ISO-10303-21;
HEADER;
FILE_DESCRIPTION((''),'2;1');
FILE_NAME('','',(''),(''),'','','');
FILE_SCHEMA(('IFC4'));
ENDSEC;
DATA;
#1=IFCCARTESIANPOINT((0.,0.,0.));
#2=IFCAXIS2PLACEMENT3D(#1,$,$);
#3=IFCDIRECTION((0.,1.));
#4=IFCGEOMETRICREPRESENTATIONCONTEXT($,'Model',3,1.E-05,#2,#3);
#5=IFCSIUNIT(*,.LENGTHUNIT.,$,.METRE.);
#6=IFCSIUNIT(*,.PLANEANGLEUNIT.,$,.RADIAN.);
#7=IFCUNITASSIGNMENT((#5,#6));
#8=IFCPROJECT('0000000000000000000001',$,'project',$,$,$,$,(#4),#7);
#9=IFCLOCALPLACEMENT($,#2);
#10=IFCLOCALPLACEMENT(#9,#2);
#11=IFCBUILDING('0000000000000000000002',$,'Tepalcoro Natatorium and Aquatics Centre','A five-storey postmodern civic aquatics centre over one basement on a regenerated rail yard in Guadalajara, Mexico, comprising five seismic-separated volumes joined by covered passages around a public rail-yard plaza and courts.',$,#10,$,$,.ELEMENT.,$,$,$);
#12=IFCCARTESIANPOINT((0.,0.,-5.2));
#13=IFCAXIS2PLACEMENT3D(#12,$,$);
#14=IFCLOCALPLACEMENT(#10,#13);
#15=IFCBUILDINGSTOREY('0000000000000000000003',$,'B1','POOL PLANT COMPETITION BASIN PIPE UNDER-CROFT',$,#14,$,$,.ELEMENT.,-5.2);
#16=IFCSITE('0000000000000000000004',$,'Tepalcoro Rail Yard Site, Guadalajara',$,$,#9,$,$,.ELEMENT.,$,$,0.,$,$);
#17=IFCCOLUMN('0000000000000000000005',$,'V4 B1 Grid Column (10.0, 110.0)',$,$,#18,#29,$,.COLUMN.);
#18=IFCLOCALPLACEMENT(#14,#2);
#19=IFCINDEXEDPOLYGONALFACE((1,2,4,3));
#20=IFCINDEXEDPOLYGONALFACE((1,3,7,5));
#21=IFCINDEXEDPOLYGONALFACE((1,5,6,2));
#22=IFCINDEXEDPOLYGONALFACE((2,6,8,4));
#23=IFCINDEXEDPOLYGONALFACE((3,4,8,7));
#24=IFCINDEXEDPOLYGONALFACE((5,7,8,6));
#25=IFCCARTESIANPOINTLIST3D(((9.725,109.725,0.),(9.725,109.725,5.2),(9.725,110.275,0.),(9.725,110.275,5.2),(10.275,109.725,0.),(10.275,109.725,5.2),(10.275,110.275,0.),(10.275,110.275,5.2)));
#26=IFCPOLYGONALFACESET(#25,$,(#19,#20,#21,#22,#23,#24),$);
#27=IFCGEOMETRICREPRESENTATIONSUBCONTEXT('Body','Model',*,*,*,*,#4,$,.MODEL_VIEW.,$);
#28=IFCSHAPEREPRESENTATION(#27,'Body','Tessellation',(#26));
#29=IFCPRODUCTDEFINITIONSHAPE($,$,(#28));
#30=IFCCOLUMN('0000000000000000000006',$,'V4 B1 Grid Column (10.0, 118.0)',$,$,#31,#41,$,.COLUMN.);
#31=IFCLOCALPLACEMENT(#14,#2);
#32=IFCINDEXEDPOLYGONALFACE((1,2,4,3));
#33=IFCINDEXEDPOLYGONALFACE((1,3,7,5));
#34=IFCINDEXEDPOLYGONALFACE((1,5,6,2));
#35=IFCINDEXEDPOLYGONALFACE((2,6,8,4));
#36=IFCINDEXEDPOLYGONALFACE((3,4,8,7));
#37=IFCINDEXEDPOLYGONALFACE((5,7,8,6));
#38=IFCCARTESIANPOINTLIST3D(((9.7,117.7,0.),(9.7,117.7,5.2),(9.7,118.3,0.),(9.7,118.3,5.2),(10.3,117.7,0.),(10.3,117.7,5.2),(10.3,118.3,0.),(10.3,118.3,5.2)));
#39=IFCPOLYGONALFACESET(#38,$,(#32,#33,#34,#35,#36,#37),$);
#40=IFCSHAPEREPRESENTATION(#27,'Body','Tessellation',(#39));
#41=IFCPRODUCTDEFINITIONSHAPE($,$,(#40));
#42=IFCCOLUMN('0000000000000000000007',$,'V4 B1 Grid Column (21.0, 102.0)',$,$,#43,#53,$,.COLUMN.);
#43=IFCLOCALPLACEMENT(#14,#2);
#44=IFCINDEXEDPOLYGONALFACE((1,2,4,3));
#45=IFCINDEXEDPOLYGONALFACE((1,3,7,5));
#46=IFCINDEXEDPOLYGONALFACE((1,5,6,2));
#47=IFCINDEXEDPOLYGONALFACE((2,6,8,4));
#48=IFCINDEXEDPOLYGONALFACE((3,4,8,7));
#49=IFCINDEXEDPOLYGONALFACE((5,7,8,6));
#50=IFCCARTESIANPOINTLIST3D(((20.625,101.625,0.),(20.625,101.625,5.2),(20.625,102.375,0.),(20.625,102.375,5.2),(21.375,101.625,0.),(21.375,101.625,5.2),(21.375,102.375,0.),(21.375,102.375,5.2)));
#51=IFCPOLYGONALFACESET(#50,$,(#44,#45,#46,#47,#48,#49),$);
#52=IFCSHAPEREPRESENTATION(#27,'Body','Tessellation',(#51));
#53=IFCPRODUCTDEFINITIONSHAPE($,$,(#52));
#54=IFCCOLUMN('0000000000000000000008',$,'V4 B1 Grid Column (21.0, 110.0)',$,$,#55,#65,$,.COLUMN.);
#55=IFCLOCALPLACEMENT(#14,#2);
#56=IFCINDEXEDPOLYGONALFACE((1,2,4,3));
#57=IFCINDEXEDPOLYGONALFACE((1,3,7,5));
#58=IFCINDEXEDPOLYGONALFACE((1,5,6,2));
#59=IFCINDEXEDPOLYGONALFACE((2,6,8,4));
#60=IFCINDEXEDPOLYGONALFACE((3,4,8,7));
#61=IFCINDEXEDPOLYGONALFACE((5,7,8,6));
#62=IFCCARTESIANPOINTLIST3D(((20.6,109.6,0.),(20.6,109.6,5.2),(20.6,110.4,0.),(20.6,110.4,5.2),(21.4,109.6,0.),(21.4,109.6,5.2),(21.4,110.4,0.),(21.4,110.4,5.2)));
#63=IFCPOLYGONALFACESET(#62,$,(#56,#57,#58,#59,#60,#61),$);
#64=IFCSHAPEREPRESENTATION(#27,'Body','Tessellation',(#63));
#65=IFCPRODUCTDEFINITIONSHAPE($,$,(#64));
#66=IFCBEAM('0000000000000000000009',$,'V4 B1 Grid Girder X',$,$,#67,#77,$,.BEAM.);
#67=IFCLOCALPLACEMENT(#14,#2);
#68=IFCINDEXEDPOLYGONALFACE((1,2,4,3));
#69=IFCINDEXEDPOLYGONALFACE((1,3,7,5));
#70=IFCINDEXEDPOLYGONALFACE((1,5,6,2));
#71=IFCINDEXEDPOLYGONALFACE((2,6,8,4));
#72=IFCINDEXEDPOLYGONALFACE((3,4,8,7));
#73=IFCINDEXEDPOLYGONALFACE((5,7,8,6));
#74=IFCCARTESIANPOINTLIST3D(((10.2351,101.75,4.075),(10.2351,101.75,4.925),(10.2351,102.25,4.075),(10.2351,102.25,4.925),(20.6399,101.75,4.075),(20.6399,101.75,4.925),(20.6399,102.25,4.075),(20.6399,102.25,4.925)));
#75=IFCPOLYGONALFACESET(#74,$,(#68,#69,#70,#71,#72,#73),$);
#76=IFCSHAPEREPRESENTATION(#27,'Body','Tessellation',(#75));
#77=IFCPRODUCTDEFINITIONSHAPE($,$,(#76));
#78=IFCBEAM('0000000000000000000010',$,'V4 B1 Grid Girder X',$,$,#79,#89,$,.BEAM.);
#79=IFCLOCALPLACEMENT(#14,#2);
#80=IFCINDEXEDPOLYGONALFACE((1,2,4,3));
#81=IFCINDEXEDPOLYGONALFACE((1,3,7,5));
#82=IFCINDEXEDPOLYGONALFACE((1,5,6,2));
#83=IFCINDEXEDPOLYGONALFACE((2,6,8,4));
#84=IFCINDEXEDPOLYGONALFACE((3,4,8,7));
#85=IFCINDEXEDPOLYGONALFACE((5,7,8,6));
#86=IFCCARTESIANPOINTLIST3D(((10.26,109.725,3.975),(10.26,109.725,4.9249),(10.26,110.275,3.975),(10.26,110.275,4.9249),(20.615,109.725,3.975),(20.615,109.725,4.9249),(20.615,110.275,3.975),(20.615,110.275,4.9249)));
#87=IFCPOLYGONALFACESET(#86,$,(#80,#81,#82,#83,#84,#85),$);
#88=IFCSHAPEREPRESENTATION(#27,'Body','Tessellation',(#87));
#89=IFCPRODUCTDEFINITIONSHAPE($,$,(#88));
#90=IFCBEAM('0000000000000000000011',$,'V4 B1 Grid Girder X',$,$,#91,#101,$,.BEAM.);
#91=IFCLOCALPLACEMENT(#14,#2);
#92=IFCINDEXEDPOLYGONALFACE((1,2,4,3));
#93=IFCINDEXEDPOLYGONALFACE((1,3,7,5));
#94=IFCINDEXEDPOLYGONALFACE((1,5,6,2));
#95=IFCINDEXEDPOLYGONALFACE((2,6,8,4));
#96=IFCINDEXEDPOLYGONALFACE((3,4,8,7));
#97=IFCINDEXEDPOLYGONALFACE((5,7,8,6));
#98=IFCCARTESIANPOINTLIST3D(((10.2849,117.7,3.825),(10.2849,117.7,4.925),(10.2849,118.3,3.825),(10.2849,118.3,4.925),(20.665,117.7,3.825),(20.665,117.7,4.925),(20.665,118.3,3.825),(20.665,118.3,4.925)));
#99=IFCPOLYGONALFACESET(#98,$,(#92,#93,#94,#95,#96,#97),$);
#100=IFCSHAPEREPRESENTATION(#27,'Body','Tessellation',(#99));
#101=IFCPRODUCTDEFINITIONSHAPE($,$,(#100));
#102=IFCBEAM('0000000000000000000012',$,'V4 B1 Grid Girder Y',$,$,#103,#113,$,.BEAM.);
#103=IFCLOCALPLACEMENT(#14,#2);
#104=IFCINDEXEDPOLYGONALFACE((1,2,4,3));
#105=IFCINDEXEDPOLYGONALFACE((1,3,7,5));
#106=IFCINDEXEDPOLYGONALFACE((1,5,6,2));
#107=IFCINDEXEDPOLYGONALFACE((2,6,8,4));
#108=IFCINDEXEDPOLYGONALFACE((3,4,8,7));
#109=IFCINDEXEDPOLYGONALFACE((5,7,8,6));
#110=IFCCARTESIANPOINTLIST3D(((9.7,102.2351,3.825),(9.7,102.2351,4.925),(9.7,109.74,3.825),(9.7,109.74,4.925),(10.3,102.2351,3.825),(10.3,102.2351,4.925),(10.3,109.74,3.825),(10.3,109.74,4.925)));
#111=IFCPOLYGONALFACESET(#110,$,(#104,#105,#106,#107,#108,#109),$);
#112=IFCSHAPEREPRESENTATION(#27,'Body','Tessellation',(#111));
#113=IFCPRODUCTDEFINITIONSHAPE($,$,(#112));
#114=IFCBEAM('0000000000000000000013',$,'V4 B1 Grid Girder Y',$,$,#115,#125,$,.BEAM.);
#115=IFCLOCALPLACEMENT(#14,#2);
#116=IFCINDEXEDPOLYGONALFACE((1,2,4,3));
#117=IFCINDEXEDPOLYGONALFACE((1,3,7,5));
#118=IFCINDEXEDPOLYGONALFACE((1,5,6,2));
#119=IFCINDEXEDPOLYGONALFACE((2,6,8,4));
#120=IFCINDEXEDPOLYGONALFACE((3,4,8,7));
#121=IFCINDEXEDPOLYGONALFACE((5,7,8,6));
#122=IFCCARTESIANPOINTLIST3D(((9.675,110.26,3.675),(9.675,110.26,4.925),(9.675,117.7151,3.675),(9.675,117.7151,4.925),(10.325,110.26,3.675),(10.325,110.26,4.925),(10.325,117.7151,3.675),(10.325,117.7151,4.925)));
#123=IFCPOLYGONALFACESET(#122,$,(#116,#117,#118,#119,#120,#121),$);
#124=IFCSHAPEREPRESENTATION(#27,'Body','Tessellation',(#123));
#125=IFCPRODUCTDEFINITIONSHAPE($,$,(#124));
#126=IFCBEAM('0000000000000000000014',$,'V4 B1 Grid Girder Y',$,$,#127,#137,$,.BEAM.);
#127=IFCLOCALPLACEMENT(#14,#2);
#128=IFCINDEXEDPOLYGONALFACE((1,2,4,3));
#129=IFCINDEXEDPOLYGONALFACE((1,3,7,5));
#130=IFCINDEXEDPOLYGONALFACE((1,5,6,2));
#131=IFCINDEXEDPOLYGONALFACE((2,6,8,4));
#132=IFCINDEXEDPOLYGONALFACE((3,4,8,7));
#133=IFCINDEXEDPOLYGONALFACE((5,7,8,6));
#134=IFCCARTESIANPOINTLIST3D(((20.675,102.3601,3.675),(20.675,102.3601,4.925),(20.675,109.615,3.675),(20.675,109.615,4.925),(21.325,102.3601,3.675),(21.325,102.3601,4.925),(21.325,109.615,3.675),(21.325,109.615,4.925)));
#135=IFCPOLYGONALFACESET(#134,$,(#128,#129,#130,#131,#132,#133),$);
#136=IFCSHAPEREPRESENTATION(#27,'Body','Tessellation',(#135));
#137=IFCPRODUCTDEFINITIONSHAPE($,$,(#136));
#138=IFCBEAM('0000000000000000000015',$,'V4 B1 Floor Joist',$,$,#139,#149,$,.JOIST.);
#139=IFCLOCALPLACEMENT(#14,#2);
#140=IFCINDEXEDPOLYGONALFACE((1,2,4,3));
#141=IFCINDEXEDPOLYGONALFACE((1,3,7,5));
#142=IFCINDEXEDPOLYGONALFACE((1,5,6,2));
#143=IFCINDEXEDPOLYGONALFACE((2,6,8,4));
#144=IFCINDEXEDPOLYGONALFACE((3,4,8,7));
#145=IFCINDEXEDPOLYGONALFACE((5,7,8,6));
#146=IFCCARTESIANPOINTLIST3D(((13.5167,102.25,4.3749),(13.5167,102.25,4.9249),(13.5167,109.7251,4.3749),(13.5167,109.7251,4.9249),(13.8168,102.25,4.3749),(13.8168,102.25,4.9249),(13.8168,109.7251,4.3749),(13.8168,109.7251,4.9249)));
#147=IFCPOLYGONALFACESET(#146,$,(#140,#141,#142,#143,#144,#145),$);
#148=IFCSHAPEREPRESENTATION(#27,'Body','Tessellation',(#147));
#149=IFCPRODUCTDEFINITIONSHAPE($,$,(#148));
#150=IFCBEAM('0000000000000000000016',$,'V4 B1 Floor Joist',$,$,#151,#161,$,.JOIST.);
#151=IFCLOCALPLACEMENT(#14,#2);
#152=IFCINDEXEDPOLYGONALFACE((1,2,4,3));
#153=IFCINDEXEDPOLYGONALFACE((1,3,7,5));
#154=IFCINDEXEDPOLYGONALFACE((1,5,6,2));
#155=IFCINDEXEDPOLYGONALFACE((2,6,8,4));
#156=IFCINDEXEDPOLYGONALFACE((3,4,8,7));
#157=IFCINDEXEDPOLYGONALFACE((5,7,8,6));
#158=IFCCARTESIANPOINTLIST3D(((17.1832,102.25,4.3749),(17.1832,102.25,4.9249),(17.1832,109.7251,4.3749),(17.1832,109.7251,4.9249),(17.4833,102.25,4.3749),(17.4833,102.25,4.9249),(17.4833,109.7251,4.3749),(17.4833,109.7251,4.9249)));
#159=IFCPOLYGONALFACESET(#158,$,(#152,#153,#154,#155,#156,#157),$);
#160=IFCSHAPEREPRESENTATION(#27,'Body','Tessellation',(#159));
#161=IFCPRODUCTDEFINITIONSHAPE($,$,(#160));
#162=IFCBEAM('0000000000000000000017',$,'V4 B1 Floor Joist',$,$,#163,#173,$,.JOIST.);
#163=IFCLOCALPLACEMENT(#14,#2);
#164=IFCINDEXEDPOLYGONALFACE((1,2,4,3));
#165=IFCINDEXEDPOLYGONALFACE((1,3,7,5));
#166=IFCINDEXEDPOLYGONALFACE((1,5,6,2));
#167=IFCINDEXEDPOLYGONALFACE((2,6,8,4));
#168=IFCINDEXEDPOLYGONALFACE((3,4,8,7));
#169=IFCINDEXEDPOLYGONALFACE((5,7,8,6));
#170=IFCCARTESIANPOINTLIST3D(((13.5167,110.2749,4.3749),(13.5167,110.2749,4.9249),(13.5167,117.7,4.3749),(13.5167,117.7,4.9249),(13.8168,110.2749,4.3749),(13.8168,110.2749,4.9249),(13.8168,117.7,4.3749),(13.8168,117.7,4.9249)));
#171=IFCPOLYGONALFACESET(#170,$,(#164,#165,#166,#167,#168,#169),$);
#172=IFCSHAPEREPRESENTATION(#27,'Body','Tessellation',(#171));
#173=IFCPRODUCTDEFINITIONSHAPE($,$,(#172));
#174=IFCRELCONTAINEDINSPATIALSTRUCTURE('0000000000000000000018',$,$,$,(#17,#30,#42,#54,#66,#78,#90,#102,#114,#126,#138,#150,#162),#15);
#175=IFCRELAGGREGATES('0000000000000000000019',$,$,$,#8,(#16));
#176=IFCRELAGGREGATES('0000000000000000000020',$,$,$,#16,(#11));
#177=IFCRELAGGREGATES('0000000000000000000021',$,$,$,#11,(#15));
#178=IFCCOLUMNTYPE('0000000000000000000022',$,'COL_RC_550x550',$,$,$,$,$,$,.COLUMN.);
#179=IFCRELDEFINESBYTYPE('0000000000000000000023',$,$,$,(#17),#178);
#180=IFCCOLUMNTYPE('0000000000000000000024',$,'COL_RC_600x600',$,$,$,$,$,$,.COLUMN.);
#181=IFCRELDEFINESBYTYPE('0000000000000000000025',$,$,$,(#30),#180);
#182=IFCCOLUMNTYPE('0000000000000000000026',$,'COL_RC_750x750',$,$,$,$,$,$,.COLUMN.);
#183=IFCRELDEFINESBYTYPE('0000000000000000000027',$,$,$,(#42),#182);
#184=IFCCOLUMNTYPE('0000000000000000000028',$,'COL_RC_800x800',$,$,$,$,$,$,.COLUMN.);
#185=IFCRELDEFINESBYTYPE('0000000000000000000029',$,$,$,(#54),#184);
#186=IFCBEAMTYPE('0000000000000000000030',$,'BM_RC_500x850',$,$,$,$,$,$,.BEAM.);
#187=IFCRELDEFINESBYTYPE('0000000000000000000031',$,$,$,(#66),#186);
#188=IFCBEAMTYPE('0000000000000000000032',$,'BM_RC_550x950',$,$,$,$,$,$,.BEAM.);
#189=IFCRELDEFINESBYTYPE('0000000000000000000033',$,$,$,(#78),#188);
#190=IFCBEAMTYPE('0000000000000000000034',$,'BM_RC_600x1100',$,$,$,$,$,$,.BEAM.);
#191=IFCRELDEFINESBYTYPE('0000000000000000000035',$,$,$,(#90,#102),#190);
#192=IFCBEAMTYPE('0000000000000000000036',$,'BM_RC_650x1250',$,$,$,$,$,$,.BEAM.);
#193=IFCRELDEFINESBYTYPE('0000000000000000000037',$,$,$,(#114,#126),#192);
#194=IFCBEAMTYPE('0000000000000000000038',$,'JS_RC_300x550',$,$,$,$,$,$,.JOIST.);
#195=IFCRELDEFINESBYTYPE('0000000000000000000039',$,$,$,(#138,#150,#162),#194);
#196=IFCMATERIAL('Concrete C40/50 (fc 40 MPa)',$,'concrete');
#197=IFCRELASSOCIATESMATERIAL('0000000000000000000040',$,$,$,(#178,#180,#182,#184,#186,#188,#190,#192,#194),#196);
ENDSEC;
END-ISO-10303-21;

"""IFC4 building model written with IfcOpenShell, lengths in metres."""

from ifc_helpers import new_model, si_unit, direction, frame, origin, origin_2d, place, context, subcontext, project, spatial, rectangle, extrude, material, material_profile, profile_set, type_object, element, save


model = new_model("IFC4")

# Units and contexts
model_context = context("Model", 3, precision=1e-05, world=origin(), true_north=direction((0.0, 1.0)))
body_context = subcontext(model_context, "Body", "Model", "MODEL_VIEW")
ifc_project = project(units=[si_unit("LENGTHUNIT", "METRE"), si_unit("PLANEANGLEUNIT", "RADIAN")], contexts=[model_context])

# Site, building, storey
site_placement = place(None, origin())
site = spatial("IfcSite", under=ifc_project, at=site_placement, Name="Tepalcoro Rail Yard Site, Guadalajara", CompositionType="ELEMENT", RefElevation=0.0)
building_placement = place(site_placement, origin())
building = spatial("IfcBuilding", under=site, at=building_placement, Name="Tepalcoro Natatorium and Aquatics Centre", Description="A five-storey postmodern civic aquatics centre over one basement on a regenerated rail yard in Guadalajara, Mexico, comprising five seismic-separated volumes joined by covered passages around a public rail-yard plaza and courts.", CompositionType="ELEMENT")
storey_placement = place(building_placement, frame((0.0, 0.0, -5.2)))
storey = spatial("IfcBuildingStorey", under=building, at=storey_placement, Name="B1", Description="POOL PLANT COMPETITION BASIN PIPE UNDER-CROFT", CompositionType="ELEMENT", Elevation=-5.2)

# Shared definitions
ifc_material_1 = material(Name="Concrete C40/50 (fc 40 MPa)", Category="concrete")

# Columns
ifc_material_profile_1 = material_profile(ifc_material_1, rectangle(XDim=0.55, YDim=0.55, at=origin_2d()), Name="RC550x550")
ifc_profile_set_1 = profile_set([ifc_material_profile_1], Name="Concrete C40/50 (fc 40 MPa)")
column_type_1 = type_object("IfcColumnType", Name="COL_RC_550x550", PredefinedType="COLUMN", material=ifc_profile_set_1)
column_1_placement = place(storey_placement, frame((10.0, 110.0, 0.0), z_axis=(0.0, 0.0, 1.0), x_axis=(1.0, 0.0, 0.0)))
element("IfcColumn", 1, at=column_1_placement, inside=storey, type_object=column_type_1, Name="V4 B1 Grid Column (10.0, 110.0)", PredefinedType="COLUMN", context=body_context, shape_type="SweptSolid", body=[
    extrude(rectangle(XDim=0.55, YDim=0.55, at=origin_2d()), origin(), (0.0, 0.0, 1.0), 5.2),
])
ifc_material_profile_2 = material_profile(ifc_material_1, rectangle(XDim=0.6001, YDim=0.6001, at=origin_2d()), Name="RC600x600")
ifc_profile_set_2 = profile_set([ifc_material_profile_2], Name="Concrete C40/50 (fc 40 MPa)")
column_type_2 = type_object("IfcColumnType", Name="COL_RC_600x600", PredefinedType="COLUMN", material=ifc_profile_set_2)
column_2_placement = place(storey_placement, frame((10.0, 118.0, 0.0), z_axis=(0.0, 0.0, 1.0), x_axis=(1.0, 0.0, 0.0)))
element("IfcColumn", 2, at=column_2_placement, inside=storey, type_object=column_type_2, Name="V4 B1 Grid Column (10.0, 118.0)", PredefinedType="COLUMN", context=body_context, shape_type="SweptSolid", body=[
    extrude(rectangle(XDim=0.6001, YDim=0.6001, at=origin_2d()), origin(), (0.0, 0.0, 1.0), 5.2),
])
ifc_material_profile_3 = material_profile(ifc_material_1, rectangle(XDim=0.75, YDim=0.75, at=origin_2d()), Name="RC750x750")
ifc_profile_set_3 = profile_set([ifc_material_profile_3], Name="Concrete C40/50 (fc 40 MPa)")
column_type_3 = type_object("IfcColumnType", Name="COL_RC_750x750", PredefinedType="COLUMN", material=ifc_profile_set_3)
column_3_placement = place(storey_placement, frame((21.0, 102.0, 0.0), z_axis=(0.0, 0.0, 1.0), x_axis=(1.0, 0.0, 0.0)))
element("IfcColumn", 3, at=column_3_placement, inside=storey, type_object=column_type_3, Name="V4 B1 Grid Column (21.0, 102.0)", PredefinedType="COLUMN", context=body_context, shape_type="SweptSolid", body=[
    extrude(rectangle(XDim=0.75, YDim=0.75, at=origin_2d()), origin(), (0.0, 0.0, 1.0), 5.2),
])
ifc_material_profile_4 = material_profile(ifc_material_1, rectangle(XDim=0.8, YDim=0.8, at=origin_2d()), Name="RC800x800")
ifc_profile_set_4 = profile_set([ifc_material_profile_4], Name="Concrete C40/50 (fc 40 MPa)")
column_type_4 = type_object("IfcColumnType", Name="COL_RC_800x800", PredefinedType="COLUMN", material=ifc_profile_set_4)
column_4_placement = place(storey_placement, frame((21.0, 110.0, 0.0), z_axis=(0.0, 0.0, 1.0), x_axis=(1.0, 0.0, 0.0)))
element("IfcColumn", 4, at=column_4_placement, inside=storey, type_object=column_type_4, Name="V4 B1 Grid Column (21.0, 110.0)", PredefinedType="COLUMN", context=body_context, shape_type="SweptSolid", body=[
    extrude(rectangle(XDim=0.8, YDim=0.8, at=origin_2d()), origin(), (0.0, 0.0, 1.0), 5.2),
])

# Beams
ifc_material_profile_5 = material_profile(ifc_material_1, rectangle(XDim=0.5, YDim=0.8501, at=origin_2d()), Name="RCB500x850")
ifc_profile_set_5 = profile_set([ifc_material_profile_5], Name="Concrete C40/50 (fc 40 MPa)")
beam_type_1 = type_object("IfcBeamType", Name="BM_RC_500x850", PredefinedType="BEAM", material=ifc_profile_set_5)
beam_1_placement = place(storey_placement, frame((10.2351, 102.0, 4.5), z_axis=(1.0, 0.0, 0.0), x_axis=(0.0, 1.0, 0.0)))
element("IfcBeam", 5, at=beam_1_placement, inside=storey, type_object=beam_type_1, Name="V4 B1 Grid Girder X", PredefinedType="BEAM", context=body_context, shape_type="SweptSolid", body=[
    extrude(rectangle(XDim=0.5, YDim=0.8501, at=origin_2d()), origin(), (0.0, 0.0, 1.0), 10.4048),
])
ifc_material_profile_6 = material_profile(ifc_material_1, rectangle(XDim=0.55, YDim=0.95, at=origin_2d()), Name="RCB550x950")
ifc_profile_set_6 = profile_set([ifc_material_profile_6], Name="Concrete C40/50 (fc 40 MPa)")
beam_type_2 = type_object("IfcBeamType", Name="BM_RC_550x950", PredefinedType="BEAM", material=ifc_profile_set_6)
beam_2_placement = place(storey_placement, frame((10.26, 110.0, 4.45), z_axis=(1.0, 0.0, 0.0), x_axis=(0.0, 1.0, 0.0)))
element("IfcBeam", 6, at=beam_2_placement, inside=storey, type_object=beam_type_2, Name="V4 B1 Grid Girder X", PredefinedType="BEAM", context=body_context, shape_type="SweptSolid", body=[
    extrude(rectangle(XDim=0.55, YDim=0.95, at=origin_2d()), origin(), (0.0, 0.0, 1.0), 10.355),
])
ifc_material_profile_7 = material_profile(ifc_material_1, rectangle(XDim=0.6001, YDim=1.1001, at=origin_2d()), Name="RCB600x1100")
ifc_profile_set_7 = profile_set([ifc_material_profile_7], Name="Concrete C40/50 (fc 40 MPa)")
beam_type_3 = type_object("IfcBeamType", Name="BM_RC_600x1100", PredefinedType="BEAM", material=ifc_profile_set_7)
beam_3_placement = place(storey_placement, frame((10.2849, 118.0, 4.375), z_axis=(1.0, 0.0, 0.0), x_axis=(0.0, 1.0, 0.0)))
element("IfcBeam", 7, at=beam_3_placement, inside=storey, type_object=beam_type_3, Name="V4 B1 Grid Girder X", PredefinedType="BEAM", context=body_context, shape_type="SweptSolid", body=[
    extrude(rectangle(XDim=0.6001, YDim=1.1001, at=origin_2d()), origin(), (0.0, 0.0, 1.0), 10.3801),
])
beam_4_placement = place(storey_placement, frame((10.0, 102.2351, 4.375), z_axis=(0.0, 1.0, 0.0), x_axis=(-1.0, 0.0, 0.0)))
element("IfcBeam", 8, at=beam_4_placement, inside=storey, type_object=beam_type_3, Name="V4 B1 Grid Girder Y", PredefinedType="BEAM", context=body_context, shape_type="SweptSolid", body=[
    extrude(rectangle(XDim=0.6001, YDim=1.1001, at=origin_2d()), origin(), (0.0, 0.0, 1.0), 7.5049),
])
ifc_material_profile_8 = material_profile(ifc_material_1, rectangle(XDim=0.6499, YDim=1.25, at=origin_2d()), Name="RCB650x1250")
ifc_profile_set_8 = profile_set([ifc_material_profile_8], Name="Concrete C40/50 (fc 40 MPa)")
beam_type_4 = type_object("IfcBeamType", Name="BM_RC_650x1250", PredefinedType="BEAM", material=ifc_profile_set_8)
beam_5_placement = place(storey_placement, frame((10.0, 110.26, 4.3), z_axis=(0.0, 1.0, 0.0), x_axis=(-1.0, 0.0, 0.0)))
element("IfcBeam", 9, at=beam_5_placement, inside=storey, type_object=beam_type_4, Name="V4 B1 Grid Girder Y", PredefinedType="BEAM", context=body_context, shape_type="SweptSolid", body=[
    extrude(rectangle(XDim=0.6499, YDim=1.25, at=origin_2d()), origin(), (0.0, 0.0, 1.0), 7.4551),
])
beam_6_placement = place(storey_placement, frame((21.0, 102.3601, 4.3), z_axis=(0.0, 1.0, 0.0), x_axis=(-1.0, 0.0, 0.0)))
element("IfcBeam", 10, at=beam_6_placement, inside=storey, type_object=beam_type_4, Name="V4 B1 Grid Girder Y", PredefinedType="BEAM", context=body_context, shape_type="SweptSolid", body=[
    extrude(rectangle(XDim=0.6499, YDim=1.25, at=origin_2d()), origin(), (0.0, 0.0, 1.0), 7.2549),
])
ifc_material_profile_9 = material_profile(ifc_material_1, rectangle(XDim=0.3, YDim=0.55, at=origin_2d()), Name="RCJ300x550")
ifc_profile_set_9 = profile_set([ifc_material_profile_9], Name="Concrete C40/50 (fc 40 MPa)")
beam_type_5 = type_object("IfcBeamType", Name="JS_RC_300x550", PredefinedType="JOIST", material=ifc_profile_set_9)
for number, where, z_axis, x_axis, name in (
    (11, (13.6667, 102.25, 4.6499), (0.0, 1.0, 0.0), (-1.0, 0.0, 0.0), "V4 B1 Floor Joist"),
    (12, (17.3333, 102.25, 4.6499), (0.0, 1.0, 0.0), (-1.0, 0.0, 0.0), "V4 B1 Floor Joist"),
):
    element("IfcBeam", number, at=place(storey_placement, frame(where, z_axis=z_axis, x_axis=x_axis)), inside=storey, type_object=beam_type_5, Name=name, PredefinedType="JOIST", context=body_context, shape_type="SweptSolid", body=[
        extrude(rectangle(XDim=0.3, YDim=0.55, at=origin_2d()), origin(), (0.0, 0.0, 1.0), 7.4751),
    ])
beam_7_placement = place(storey_placement, frame((13.6667, 110.2749, 4.6499), z_axis=(0.0, 1.0, 0.0), x_axis=(-1.0, 0.0, 0.0)))
element("IfcBeam", 13, at=beam_7_placement, inside=storey, type_object=beam_type_5, Name="V4 B1 Floor Joist", PredefinedType="JOIST", context=body_context, shape_type="SweptSolid", body=[
    extrude(rectangle(XDim=0.3, YDim=0.55, at=origin_2d()), origin(), (0.0, 0.0, 1.0), 7.425),
])

save(model, "model.ifc")
